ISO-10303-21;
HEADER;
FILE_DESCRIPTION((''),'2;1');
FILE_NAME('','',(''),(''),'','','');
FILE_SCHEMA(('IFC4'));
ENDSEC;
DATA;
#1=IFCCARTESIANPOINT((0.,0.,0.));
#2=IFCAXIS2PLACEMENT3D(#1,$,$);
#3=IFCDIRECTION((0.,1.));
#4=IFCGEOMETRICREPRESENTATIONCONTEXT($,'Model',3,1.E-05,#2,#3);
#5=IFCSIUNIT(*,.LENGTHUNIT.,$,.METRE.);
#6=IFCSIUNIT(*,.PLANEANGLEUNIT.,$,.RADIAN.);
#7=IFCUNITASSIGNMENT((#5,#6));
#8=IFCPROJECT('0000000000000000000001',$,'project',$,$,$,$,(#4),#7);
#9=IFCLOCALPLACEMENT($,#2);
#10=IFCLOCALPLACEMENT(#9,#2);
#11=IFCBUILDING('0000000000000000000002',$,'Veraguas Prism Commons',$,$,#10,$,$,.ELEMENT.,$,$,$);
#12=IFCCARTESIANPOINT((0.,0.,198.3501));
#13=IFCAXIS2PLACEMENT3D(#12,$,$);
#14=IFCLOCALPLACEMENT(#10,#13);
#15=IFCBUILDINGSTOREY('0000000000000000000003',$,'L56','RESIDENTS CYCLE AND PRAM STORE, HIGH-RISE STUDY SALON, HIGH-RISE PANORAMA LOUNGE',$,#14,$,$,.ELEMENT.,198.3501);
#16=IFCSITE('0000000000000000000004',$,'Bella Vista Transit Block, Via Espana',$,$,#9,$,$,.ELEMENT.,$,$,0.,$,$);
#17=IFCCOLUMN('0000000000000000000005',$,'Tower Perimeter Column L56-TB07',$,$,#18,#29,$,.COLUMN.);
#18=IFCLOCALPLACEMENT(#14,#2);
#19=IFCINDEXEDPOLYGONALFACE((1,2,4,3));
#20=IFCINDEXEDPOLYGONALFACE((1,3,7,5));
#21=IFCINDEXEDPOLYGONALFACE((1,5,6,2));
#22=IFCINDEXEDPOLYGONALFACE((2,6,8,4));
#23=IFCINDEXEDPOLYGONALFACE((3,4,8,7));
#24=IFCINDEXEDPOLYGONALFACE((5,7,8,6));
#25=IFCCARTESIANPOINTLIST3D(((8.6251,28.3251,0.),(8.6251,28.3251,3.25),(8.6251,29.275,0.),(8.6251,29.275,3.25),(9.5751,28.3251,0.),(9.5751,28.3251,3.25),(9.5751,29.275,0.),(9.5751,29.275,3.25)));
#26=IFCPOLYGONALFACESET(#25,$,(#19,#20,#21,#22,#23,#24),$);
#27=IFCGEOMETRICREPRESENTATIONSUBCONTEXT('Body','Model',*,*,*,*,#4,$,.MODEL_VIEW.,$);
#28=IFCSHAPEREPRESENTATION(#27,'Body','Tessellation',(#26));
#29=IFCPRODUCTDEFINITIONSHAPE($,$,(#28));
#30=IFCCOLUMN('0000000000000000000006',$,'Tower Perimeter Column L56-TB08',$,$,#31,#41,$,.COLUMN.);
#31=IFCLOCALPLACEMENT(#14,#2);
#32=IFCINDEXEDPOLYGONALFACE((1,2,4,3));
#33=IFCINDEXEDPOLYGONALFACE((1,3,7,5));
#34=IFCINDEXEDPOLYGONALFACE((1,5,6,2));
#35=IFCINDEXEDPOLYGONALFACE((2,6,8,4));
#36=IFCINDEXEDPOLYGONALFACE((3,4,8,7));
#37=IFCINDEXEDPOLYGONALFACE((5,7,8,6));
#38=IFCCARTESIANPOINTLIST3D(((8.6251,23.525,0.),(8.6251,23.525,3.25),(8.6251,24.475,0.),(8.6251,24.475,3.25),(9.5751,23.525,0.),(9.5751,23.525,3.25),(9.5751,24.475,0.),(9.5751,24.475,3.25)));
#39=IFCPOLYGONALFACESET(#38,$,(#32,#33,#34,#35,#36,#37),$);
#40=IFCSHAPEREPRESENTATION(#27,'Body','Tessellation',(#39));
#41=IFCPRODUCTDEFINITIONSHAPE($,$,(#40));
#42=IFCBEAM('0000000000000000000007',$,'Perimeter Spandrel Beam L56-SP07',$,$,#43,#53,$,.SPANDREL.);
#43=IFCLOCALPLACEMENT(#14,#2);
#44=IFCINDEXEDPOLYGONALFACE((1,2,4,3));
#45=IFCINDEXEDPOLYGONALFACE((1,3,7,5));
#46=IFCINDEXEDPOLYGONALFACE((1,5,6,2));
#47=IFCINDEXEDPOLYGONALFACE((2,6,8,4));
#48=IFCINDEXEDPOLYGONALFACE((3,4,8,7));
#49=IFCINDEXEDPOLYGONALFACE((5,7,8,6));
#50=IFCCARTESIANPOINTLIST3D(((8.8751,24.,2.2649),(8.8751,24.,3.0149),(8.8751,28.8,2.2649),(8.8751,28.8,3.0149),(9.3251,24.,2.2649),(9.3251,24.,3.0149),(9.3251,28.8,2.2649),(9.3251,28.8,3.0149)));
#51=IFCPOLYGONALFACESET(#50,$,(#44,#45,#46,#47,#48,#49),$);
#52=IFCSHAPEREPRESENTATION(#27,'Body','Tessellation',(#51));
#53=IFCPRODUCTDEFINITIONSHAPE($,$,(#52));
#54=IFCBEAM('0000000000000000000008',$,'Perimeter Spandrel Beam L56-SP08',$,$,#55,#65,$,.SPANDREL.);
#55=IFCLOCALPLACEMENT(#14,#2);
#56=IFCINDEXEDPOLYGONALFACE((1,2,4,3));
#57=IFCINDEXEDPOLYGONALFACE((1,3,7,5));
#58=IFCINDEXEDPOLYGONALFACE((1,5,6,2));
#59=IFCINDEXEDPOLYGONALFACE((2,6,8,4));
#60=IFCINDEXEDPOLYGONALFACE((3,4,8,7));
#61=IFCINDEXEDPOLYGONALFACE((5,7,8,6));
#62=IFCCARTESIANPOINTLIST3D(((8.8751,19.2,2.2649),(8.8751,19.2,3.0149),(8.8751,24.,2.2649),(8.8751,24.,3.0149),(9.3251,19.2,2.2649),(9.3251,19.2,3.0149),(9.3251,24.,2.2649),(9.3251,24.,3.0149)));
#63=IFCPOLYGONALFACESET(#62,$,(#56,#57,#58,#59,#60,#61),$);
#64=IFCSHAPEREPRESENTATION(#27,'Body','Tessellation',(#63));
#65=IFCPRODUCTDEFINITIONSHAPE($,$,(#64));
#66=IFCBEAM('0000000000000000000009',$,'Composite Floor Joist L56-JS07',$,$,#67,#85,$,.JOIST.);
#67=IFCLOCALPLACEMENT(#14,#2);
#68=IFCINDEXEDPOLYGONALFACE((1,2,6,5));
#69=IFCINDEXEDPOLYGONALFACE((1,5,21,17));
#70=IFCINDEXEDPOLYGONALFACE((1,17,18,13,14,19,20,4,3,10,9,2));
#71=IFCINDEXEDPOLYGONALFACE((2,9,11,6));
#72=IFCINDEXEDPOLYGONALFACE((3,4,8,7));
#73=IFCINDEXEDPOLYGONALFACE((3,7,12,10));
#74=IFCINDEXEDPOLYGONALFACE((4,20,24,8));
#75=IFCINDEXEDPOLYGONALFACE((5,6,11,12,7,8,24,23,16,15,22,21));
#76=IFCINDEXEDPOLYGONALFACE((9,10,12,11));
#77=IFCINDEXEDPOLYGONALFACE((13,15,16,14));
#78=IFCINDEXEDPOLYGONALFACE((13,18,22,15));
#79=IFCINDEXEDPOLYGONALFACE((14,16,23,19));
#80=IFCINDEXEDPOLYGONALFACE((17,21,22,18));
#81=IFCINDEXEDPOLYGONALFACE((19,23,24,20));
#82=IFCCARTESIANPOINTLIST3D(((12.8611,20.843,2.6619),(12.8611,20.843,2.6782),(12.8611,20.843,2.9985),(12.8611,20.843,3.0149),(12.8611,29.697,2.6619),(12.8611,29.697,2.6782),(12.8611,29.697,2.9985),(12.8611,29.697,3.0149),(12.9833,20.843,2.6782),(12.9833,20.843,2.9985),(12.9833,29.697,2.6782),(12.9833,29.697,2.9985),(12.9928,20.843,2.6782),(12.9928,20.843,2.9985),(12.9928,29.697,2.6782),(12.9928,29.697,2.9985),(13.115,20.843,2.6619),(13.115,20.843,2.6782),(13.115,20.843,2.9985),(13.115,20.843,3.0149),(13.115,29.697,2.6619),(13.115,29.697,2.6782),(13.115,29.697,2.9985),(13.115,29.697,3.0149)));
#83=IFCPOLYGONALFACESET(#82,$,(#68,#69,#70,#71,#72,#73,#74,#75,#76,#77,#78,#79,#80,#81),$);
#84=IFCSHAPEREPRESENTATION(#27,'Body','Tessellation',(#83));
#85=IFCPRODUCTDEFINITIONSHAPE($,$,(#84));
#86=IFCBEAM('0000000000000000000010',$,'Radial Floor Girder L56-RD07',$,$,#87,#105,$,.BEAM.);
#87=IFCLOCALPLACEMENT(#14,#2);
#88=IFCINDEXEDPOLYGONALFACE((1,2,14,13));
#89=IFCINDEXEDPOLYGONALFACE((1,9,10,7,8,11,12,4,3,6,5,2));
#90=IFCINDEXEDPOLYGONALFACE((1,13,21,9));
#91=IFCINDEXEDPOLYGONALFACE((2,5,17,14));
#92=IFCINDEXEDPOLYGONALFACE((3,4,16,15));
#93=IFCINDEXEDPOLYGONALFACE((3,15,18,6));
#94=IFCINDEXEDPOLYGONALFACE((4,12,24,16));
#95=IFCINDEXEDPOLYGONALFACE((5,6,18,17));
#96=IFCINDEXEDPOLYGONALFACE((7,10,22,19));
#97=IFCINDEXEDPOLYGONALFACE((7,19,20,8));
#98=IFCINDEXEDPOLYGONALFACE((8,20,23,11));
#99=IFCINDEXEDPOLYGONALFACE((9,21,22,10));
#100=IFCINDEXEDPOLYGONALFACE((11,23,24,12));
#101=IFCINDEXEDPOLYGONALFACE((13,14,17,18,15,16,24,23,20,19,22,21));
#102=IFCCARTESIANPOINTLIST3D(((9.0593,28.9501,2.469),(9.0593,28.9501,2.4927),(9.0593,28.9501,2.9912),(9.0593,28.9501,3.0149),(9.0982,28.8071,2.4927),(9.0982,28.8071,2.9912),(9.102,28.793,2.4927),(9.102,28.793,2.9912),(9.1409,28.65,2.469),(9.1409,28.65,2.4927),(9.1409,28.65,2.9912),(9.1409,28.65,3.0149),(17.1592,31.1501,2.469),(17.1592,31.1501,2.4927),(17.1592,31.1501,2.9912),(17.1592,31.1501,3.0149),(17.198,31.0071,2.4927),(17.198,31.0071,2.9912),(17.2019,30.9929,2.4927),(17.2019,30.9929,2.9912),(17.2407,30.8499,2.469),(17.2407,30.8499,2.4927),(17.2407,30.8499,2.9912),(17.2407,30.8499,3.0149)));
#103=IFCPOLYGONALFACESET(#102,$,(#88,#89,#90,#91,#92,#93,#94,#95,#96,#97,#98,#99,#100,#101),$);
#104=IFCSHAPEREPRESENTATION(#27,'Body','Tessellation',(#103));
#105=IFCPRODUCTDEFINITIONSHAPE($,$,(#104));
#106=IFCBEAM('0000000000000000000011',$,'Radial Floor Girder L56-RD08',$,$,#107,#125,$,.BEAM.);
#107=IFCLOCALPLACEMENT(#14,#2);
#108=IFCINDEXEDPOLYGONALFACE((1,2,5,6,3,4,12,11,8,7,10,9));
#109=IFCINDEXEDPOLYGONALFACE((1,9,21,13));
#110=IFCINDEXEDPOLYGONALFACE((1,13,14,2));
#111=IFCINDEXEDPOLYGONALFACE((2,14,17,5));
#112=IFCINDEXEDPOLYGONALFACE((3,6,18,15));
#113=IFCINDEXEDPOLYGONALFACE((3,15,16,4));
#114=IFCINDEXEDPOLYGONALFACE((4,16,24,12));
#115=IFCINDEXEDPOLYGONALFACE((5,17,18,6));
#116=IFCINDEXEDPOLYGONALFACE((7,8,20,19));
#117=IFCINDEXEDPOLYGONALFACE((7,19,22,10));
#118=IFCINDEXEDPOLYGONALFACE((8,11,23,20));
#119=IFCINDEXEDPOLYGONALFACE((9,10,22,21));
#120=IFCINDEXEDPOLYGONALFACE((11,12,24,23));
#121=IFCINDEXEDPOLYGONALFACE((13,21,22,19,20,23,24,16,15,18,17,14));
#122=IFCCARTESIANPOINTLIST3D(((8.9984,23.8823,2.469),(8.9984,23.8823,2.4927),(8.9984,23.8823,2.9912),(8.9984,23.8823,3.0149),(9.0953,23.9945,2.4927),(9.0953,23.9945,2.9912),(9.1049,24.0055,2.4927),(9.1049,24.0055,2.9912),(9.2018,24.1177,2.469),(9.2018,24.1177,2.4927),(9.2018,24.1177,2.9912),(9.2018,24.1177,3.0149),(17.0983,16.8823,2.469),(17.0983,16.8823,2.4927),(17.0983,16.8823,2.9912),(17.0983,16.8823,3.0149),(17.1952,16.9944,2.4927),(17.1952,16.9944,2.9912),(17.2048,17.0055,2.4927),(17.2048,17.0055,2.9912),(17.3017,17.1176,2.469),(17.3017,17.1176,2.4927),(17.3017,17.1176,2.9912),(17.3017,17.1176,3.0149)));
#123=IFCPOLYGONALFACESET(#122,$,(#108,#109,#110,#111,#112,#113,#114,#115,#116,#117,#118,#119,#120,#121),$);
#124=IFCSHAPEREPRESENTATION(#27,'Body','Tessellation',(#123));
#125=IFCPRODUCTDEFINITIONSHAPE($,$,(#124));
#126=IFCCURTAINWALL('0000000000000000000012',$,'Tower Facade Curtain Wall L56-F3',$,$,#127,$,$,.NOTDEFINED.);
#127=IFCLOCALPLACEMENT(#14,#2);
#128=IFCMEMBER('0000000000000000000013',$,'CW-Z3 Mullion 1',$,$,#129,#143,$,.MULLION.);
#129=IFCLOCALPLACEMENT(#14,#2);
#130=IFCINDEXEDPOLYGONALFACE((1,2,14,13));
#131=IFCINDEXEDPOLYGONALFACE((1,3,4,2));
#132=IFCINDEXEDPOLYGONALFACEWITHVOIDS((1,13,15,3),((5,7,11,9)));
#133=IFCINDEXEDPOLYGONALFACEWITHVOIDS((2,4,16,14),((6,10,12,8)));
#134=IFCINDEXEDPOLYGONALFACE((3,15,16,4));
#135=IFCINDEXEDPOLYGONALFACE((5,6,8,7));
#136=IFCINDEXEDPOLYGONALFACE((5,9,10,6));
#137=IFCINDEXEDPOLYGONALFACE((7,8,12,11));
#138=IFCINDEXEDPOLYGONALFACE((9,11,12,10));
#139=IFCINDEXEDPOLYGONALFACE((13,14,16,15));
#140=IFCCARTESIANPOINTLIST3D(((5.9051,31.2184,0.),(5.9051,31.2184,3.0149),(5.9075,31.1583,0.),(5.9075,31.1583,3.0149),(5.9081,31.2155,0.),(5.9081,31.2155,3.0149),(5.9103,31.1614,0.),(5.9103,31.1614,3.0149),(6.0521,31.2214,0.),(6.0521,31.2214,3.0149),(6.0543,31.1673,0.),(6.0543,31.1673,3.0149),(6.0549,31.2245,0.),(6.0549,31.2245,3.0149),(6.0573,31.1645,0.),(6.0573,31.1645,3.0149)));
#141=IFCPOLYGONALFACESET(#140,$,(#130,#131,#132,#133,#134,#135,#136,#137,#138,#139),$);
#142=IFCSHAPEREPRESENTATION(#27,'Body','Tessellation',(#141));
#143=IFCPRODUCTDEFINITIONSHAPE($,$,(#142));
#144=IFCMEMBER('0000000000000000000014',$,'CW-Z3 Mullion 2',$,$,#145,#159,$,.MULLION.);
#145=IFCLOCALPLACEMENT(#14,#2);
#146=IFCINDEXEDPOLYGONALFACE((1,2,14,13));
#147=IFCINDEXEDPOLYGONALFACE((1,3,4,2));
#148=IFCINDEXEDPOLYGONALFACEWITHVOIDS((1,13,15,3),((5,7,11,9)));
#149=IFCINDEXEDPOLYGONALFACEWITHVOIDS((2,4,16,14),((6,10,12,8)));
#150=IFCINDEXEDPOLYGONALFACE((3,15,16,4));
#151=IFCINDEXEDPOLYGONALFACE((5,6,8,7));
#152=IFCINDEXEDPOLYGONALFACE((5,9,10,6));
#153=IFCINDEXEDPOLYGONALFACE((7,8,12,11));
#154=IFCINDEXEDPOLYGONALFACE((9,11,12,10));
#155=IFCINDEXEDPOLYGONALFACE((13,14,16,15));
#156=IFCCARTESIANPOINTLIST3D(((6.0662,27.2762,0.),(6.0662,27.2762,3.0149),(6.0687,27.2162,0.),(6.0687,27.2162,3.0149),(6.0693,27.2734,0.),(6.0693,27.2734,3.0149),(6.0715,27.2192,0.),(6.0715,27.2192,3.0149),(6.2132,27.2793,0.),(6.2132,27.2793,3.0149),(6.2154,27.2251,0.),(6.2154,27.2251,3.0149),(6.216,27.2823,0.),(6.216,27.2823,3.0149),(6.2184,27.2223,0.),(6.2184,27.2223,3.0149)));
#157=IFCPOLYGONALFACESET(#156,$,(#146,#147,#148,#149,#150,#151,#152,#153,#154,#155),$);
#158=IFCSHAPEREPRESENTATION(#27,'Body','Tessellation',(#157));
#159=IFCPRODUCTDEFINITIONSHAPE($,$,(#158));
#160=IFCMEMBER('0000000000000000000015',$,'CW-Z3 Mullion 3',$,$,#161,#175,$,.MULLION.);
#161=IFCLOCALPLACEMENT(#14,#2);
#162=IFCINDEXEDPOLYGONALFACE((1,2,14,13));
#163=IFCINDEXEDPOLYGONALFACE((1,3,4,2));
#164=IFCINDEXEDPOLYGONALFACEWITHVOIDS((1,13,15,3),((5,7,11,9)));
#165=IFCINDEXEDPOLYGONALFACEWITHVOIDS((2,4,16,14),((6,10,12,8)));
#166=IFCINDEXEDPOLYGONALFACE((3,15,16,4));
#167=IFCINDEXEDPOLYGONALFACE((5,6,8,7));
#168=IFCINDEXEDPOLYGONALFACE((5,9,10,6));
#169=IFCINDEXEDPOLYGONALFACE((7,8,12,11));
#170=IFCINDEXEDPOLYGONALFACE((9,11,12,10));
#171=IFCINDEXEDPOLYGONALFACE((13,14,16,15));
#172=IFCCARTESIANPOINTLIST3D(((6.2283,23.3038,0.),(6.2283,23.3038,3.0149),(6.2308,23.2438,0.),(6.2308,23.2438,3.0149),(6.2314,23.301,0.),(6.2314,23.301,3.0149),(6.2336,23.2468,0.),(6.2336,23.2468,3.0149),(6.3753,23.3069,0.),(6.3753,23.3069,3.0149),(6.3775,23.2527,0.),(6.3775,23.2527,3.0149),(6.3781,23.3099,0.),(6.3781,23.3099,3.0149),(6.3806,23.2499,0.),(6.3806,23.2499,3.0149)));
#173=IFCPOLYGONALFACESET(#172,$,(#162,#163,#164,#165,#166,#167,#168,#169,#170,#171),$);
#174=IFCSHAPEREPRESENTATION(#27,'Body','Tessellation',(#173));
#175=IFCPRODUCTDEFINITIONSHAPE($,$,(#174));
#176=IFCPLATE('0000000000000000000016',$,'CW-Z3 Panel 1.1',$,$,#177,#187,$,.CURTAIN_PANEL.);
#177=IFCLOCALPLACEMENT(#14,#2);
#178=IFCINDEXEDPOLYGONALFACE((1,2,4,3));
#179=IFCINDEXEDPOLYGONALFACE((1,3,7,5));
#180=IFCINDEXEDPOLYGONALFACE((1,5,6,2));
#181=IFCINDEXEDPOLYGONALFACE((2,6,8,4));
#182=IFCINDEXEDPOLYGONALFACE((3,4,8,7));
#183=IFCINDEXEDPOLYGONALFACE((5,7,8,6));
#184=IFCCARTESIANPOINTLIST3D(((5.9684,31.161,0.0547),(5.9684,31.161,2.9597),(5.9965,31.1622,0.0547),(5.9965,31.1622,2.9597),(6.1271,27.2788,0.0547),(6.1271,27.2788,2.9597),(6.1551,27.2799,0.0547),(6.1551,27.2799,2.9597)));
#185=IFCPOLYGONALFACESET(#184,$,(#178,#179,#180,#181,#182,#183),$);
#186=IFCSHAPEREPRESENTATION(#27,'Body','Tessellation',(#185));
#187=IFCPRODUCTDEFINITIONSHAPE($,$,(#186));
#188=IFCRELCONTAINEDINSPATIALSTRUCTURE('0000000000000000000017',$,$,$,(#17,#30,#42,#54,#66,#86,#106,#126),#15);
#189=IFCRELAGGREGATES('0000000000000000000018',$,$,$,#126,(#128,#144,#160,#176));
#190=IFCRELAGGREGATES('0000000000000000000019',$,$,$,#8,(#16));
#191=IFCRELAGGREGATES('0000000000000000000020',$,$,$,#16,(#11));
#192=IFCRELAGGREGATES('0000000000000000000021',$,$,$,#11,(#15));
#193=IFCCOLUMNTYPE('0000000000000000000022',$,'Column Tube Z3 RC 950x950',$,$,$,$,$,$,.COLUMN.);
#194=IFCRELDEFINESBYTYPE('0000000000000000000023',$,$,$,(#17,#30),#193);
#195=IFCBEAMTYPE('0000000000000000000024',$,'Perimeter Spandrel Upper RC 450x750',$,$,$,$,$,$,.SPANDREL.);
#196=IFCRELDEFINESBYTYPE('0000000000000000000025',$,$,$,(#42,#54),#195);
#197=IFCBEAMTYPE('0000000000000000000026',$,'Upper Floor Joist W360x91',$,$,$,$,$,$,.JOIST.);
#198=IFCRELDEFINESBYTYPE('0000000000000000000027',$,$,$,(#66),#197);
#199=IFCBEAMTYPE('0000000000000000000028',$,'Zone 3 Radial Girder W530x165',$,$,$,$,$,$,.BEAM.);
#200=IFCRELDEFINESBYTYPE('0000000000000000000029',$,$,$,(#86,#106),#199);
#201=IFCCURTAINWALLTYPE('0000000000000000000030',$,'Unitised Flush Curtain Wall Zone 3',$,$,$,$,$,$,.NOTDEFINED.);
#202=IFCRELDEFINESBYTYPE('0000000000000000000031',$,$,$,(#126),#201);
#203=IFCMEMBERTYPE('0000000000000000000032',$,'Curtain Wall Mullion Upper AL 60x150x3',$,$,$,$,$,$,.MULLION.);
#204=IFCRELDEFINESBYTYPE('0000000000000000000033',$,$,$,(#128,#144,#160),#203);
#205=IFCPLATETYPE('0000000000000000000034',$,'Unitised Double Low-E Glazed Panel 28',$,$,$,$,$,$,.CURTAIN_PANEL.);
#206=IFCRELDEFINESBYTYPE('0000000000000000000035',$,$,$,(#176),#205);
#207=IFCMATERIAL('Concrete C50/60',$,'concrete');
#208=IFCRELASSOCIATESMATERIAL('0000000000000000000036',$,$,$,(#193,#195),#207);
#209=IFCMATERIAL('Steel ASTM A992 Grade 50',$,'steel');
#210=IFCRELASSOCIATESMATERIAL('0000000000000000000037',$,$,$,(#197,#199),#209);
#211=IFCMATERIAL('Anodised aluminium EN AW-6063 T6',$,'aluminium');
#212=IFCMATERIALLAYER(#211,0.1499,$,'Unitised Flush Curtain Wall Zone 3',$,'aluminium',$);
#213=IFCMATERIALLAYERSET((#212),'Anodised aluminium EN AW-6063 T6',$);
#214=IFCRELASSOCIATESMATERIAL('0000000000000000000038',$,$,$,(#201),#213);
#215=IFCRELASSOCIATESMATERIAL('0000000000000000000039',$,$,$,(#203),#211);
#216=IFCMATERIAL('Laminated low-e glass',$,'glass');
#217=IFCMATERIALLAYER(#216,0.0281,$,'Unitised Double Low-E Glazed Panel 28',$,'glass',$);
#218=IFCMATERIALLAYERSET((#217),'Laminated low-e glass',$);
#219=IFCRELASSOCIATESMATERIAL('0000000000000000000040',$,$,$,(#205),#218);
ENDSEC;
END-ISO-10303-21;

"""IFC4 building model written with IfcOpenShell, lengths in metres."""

from ifc_helpers import new_model, si_unit, direction, frame, origin, origin_2d, place, context, subcontext, project, spatial, rectangle, hollow_rectangle, i_section, extrude, source, transform, mapped, material, layer, layer_set, material_profile, profile_set, type_object, element, aggregate, save


model = new_model("IFC4")

# Units and contexts
model_context = context("Model", 3, precision=1e-05, world=origin(), true_north=direction((0.0, 1.0)))
body_context = subcontext(model_context, "Body", "Model", "MODEL_VIEW")
ifc_project = project(units=[si_unit("LENGTHUNIT", "METRE"), si_unit("PLANEANGLEUNIT", "RADIAN")], contexts=[model_context])

# Site, building, storey
site_placement = place(None, origin())
site = spatial("IfcSite", under=ifc_project, at=site_placement, Name="Bella Vista Transit Block, Via Espana", CompositionType="ELEMENT", RefElevation=0.0)
building_placement = place(site_placement, origin())
building = spatial("IfcBuilding", under=site, at=building_placement, Name="Veraguas Prism Commons", CompositionType="ELEMENT")
storey_placement = place(building_placement, frame((0.0, 0.0, 198.3501)))
storey = spatial("IfcBuildingStorey", under=building, at=storey_placement, Name="L56", Description="RESIDENTS CYCLE AND PRAM STORE, HIGH-RISE STUDY SALON, HIGH-RISE PANORAMA LOUNGE", CompositionType="ELEMENT", Elevation=198.3501)

# Columns
ifc_material_1 = material(Name="Concrete C50/60", Category="concrete")
ifc_material_profile_1 = material_profile(ifc_material_1, rectangle(XDim=0.95, YDim=0.95, at=origin_2d()), Name="RC950X950")
ifc_profile_set_1 = profile_set([ifc_material_profile_1], Name="Concrete C50/60")
column_type = type_object("IfcColumnType", Name="Column Tube Z3 RC 950x950", PredefinedType="COLUMN", material=ifc_profile_set_1)
for number, where, z_axis, x_axis, name in (
    (1, (9.1001, 28.8, 0.0), (0.0, 0.0, 1.0), (1.0, 0.0, 0.0), "Tower Perimeter Column L56-TB07"),
    (2, (9.1001, 24.0, 0.0), (0.0, 0.0, 1.0), (1.0, 0.0, 0.0), "Tower Perimeter Column L56-TB08"),
):
    element("IfcColumn", number, at=place(storey_placement, frame(where, z_axis=z_axis, x_axis=x_axis)), inside=storey, type_object=column_type, Name=name, PredefinedType="COLUMN", context=body_context, shape_type="SweptSolid", body=[
        extrude(rectangle(XDim=0.95, YDim=0.95, at=origin_2d()), origin(), (0.0, 0.0, 1.0), 3.25),
    ])

# Beams
ifc_material_profile_2 = material_profile(ifc_material_1, rectangle(XDim=0.45, YDim=0.75, at=origin_2d()), Name="RC450X750")
ifc_profile_set_2 = profile_set([ifc_material_profile_2], Name="Concrete C50/60")
beam_type_1 = type_object("IfcBeamType", Name="Perimeter Spandrel Upper RC 450x750", PredefinedType="SPANDREL", material=ifc_profile_set_2)
for number, where, z_axis, x_axis, name in (
    (3, (9.1001, 28.8, 2.6399), (0.0, -1.0, 0.0), (1.0, 0.0, 0.0), "Perimeter Spandrel Beam L56-SP07"),
    (4, (9.1001, 24.0, 2.6399), (0.0, -1.0, 0.0), (1.0, 0.0, 0.0), "Perimeter Spandrel Beam L56-SP08"),
):
    element("IfcBeam", number, at=place(storey_placement, frame(where, z_axis=z_axis, x_axis=x_axis)), inside=storey, type_object=beam_type_1, Name=name, PredefinedType="SPANDREL", context=body_context, shape_type="SweptSolid", body=[
        extrude(rectangle(XDim=0.45, YDim=0.75, at=origin_2d()), origin(), (0.0, 0.0, 1.0), 4.8),
    ])
ifc_material_2 = material(Name="Steel ASTM A992 Grade 50", Category="steel")
ifc_material_profile_3 = material_profile(ifc_material_2, i_section(OverallWidth=0.2539, OverallDepth=0.353, WebThickness=0.0095, FlangeThickness=0.0164, at=origin_2d()), Name="W360X91")
ifc_profile_set_3 = profile_set([ifc_material_profile_3], Name="Steel ASTM A992 Grade 50")
beam_type_2 = type_object("IfcBeamType", Name="Upper Floor Joist W360x91", PredefinedType="JOIST", material=ifc_profile_set_3)
beam_1_placement = place(storey_placement, frame((12.988, 29.697, 2.8384), z_axis=(0.0, -1.0, 0.0), x_axis=(1.0, 0.0, 0.0)))
element("IfcBeam", 5, at=beam_1_placement, inside=storey, type_object=beam_type_2, Name="Composite Floor Joist L56-JS07", PredefinedType="JOIST", context=body_context, shape_type="SweptSolid", body=[
    extrude(i_section(OverallWidth=0.2539, OverallDepth=0.353, WebThickness=0.0095, FlangeThickness=0.0164, at=origin_2d()), origin(), (0.0, 0.0, 1.0), 8.854),
])
ifc_material_profile_4 = material_profile(ifc_material_2, i_section(OverallWidth=0.311, OverallDepth=0.5459, WebThickness=0.0146, FlangeThickness=0.0237, at=origin_2d()), Name="W530X165")
ifc_profile_set_4 = profile_set([ifc_material_profile_4], Name="Steel ASTM A992 Grade 50")
beam_type_3 = type_object("IfcBeamType", Name="Zone 3 Radial Girder W530x165", PredefinedType="BEAM", material=ifc_profile_set_4)
beam_2_placement = place(storey_placement, frame((9.1001, 28.8, 2.7419), z_axis=(0.965039, 0.262108, 0.0), x_axis=(-0.262108, 0.965039, 0.0)))
element("IfcBeam", 6, at=beam_2_placement, inside=storey, type_object=beam_type_3, Name="Radial Floor Girder L56-RD07", PredefinedType="BEAM", context=body_context, shape_type="SweptSolid", body=[
    extrude(i_section(OverallWidth=0.311, OverallDepth=0.5459, WebThickness=0.0146, FlangeThickness=0.0237, at=origin_2d()), origin(), (0.0, 0.0, 1.0), 8.3933),
])
beam_3_placement = place(storey_placement, frame((9.1001, 24.0, 2.7419), z_axis=(0.756607, -0.65387, 0.0), x_axis=(0.65387, 0.756607, 0.0)))
element("IfcBeam", 7, at=beam_3_placement, inside=storey, type_object=beam_type_3, Name="Radial Floor Girder L56-RD08", PredefinedType="BEAM", context=body_context, shape_type="SweptSolid", body=[
    extrude(i_section(OverallWidth=0.311, OverallDepth=0.5459, WebThickness=0.0146, FlangeThickness=0.0237, at=origin_2d()), origin(), (0.0, 0.0, 1.0), 10.7056),
])

# Curtain wall, members, plate
ifc_material_3 = material(Name="Anodised aluminium EN AW-6063 T6", Category="aluminium")
ifc_layer_1 = layer(ifc_material_3, 0.1499, Name="Unitised Flush Curtain Wall Zone 3", Category="aluminium")
ifc_layer_set_1 = layer_set([ifc_layer_1], Name="Anodised aluminium EN AW-6063 T6")
curtain_wall_type = type_object("IfcCurtainWallType", Name="Unitised Flush Curtain Wall Zone 3", PredefinedType="NOTDEFINED", material=ifc_layer_set_1)
curtain_wall_placement = place(storey_placement, origin())
curtain_wall = element("IfcCurtainWall", 8, at=curtain_wall_placement, inside=storey, type_object=curtain_wall_type, Name="Tower Facade Curtain Wall L56-F3", PredefinedType="NOTDEFINED")
ifc_material_profile_5 = material_profile(ifc_material_3, hollow_rectangle(XDim=0.0601, YDim=0.1499, WallThickness=0.0029, at=origin_2d()), Name="AL60X150X3")
ifc_profile_set_5 = profile_set([ifc_material_profile_5], Name="Anodised aluminium EN AW-6063 T6")
member_type = type_object("IfcMemberType", Name="Curtain Wall Mullion Upper AL 60x150x3", PredefinedType="MULLION", material=ifc_profile_set_5)
shared_shape_1 = source(origin(), body_context, "Body", "SweptSolid", [
    extrude(hollow_rectangle(XDim=0.0601, YDim=0.1499, WallThickness=0.0029, at=origin_2d()), origin(), (0.0, 0.0, 1.0), 3.0149),
])
member_1_placement = place(storey_placement, frame((5.9812, 31.1914, 0.0), z_axis=(0.0, 0.0, 1.0), x_axis=(0.040829, -0.999166, 0.0)))
member_1 = element("IfcMember", 9, at=member_1_placement, type_object=member_type, Name="CW-Z3 Mullion 1", PredefinedType="MULLION", context=body_context, shape_type="MappedRepresentation", body=[
    mapped(shared_shape_1, transform((0.0, 0.0, 0.0), scale=1.0)),
])
member_2_placement = place(storey_placement, frame((6.1423, 27.2493, 0.0), z_axis=(0.0, 0.0, 1.0), x_axis=(0.040829, -0.999166, 0.0)))
member_2 = element("IfcMember", 10, at=member_2_placement, type_object=member_type, Name="CW-Z3 Mullion 2", PredefinedType="MULLION", context=body_context, shape_type="MappedRepresentation", body=[
    mapped(shared_shape_1, transform((0.0, 0.0, 0.0), scale=1.0)),
])
member_3_placement = place(storey_placement, frame((6.3044, 23.2769, 0.0), z_axis=(0.0, 0.0, 1.0), x_axis=(0.040829, -0.999166, 0.0)))
member_3 = element("IfcMember", 11, at=member_3_placement, type_object=member_type, Name="CW-Z3 Mullion 3", PredefinedType="MULLION", context=body_context, shape_type="MappedRepresentation", body=[
    mapped(shared_shape_1, transform((0.0, 0.0, 0.0), scale=1.0)),
])
ifc_material_4 = material(Name="Laminated low-e glass", Category="glass")
ifc_layer_2 = layer(ifc_material_4, 0.0281, Name="Unitised Double Low-E Glazed Panel 28", Category="glass")
ifc_layer_set_2 = layer_set([ifc_layer_2], Name="Laminated low-e glass")
plate_type = type_object("IfcPlateType", Name="Unitised Double Low-E Glazed Panel 28", PredefinedType="CURTAIN_PANEL", material=ifc_layer_set_2)
shared_shape_2 = source(origin(), body_context, "Body", "SweptSolid", [
    extrude(rectangle(XDim=3.8855, YDim=0.0281, at=origin_2d()), origin(), (0.0, 0.0, 1.0), 2.905),
])
plate_1_placement = place(storey_placement, frame((6.0618, 29.2205, 0.0547), z_axis=(0.0, 0.0, 1.0), x_axis=(0.040829, -0.999166, 0.0)))
plate_1 = element("IfcPlate", 12, at=plate_1_placement, type_object=plate_type, Name="CW-Z3 Panel 1.1", PredefinedType="CURTAIN_PANEL", context=body_context, shape_type="MappedRepresentation", body=[
    mapped(shared_shape_2, transform((0.0, 0.0, 0.0), scale=1.0)),
])
aggregate(curtain_wall, [member_1, member_2, member_3, plate_1])

save(model, "model.ifc")
